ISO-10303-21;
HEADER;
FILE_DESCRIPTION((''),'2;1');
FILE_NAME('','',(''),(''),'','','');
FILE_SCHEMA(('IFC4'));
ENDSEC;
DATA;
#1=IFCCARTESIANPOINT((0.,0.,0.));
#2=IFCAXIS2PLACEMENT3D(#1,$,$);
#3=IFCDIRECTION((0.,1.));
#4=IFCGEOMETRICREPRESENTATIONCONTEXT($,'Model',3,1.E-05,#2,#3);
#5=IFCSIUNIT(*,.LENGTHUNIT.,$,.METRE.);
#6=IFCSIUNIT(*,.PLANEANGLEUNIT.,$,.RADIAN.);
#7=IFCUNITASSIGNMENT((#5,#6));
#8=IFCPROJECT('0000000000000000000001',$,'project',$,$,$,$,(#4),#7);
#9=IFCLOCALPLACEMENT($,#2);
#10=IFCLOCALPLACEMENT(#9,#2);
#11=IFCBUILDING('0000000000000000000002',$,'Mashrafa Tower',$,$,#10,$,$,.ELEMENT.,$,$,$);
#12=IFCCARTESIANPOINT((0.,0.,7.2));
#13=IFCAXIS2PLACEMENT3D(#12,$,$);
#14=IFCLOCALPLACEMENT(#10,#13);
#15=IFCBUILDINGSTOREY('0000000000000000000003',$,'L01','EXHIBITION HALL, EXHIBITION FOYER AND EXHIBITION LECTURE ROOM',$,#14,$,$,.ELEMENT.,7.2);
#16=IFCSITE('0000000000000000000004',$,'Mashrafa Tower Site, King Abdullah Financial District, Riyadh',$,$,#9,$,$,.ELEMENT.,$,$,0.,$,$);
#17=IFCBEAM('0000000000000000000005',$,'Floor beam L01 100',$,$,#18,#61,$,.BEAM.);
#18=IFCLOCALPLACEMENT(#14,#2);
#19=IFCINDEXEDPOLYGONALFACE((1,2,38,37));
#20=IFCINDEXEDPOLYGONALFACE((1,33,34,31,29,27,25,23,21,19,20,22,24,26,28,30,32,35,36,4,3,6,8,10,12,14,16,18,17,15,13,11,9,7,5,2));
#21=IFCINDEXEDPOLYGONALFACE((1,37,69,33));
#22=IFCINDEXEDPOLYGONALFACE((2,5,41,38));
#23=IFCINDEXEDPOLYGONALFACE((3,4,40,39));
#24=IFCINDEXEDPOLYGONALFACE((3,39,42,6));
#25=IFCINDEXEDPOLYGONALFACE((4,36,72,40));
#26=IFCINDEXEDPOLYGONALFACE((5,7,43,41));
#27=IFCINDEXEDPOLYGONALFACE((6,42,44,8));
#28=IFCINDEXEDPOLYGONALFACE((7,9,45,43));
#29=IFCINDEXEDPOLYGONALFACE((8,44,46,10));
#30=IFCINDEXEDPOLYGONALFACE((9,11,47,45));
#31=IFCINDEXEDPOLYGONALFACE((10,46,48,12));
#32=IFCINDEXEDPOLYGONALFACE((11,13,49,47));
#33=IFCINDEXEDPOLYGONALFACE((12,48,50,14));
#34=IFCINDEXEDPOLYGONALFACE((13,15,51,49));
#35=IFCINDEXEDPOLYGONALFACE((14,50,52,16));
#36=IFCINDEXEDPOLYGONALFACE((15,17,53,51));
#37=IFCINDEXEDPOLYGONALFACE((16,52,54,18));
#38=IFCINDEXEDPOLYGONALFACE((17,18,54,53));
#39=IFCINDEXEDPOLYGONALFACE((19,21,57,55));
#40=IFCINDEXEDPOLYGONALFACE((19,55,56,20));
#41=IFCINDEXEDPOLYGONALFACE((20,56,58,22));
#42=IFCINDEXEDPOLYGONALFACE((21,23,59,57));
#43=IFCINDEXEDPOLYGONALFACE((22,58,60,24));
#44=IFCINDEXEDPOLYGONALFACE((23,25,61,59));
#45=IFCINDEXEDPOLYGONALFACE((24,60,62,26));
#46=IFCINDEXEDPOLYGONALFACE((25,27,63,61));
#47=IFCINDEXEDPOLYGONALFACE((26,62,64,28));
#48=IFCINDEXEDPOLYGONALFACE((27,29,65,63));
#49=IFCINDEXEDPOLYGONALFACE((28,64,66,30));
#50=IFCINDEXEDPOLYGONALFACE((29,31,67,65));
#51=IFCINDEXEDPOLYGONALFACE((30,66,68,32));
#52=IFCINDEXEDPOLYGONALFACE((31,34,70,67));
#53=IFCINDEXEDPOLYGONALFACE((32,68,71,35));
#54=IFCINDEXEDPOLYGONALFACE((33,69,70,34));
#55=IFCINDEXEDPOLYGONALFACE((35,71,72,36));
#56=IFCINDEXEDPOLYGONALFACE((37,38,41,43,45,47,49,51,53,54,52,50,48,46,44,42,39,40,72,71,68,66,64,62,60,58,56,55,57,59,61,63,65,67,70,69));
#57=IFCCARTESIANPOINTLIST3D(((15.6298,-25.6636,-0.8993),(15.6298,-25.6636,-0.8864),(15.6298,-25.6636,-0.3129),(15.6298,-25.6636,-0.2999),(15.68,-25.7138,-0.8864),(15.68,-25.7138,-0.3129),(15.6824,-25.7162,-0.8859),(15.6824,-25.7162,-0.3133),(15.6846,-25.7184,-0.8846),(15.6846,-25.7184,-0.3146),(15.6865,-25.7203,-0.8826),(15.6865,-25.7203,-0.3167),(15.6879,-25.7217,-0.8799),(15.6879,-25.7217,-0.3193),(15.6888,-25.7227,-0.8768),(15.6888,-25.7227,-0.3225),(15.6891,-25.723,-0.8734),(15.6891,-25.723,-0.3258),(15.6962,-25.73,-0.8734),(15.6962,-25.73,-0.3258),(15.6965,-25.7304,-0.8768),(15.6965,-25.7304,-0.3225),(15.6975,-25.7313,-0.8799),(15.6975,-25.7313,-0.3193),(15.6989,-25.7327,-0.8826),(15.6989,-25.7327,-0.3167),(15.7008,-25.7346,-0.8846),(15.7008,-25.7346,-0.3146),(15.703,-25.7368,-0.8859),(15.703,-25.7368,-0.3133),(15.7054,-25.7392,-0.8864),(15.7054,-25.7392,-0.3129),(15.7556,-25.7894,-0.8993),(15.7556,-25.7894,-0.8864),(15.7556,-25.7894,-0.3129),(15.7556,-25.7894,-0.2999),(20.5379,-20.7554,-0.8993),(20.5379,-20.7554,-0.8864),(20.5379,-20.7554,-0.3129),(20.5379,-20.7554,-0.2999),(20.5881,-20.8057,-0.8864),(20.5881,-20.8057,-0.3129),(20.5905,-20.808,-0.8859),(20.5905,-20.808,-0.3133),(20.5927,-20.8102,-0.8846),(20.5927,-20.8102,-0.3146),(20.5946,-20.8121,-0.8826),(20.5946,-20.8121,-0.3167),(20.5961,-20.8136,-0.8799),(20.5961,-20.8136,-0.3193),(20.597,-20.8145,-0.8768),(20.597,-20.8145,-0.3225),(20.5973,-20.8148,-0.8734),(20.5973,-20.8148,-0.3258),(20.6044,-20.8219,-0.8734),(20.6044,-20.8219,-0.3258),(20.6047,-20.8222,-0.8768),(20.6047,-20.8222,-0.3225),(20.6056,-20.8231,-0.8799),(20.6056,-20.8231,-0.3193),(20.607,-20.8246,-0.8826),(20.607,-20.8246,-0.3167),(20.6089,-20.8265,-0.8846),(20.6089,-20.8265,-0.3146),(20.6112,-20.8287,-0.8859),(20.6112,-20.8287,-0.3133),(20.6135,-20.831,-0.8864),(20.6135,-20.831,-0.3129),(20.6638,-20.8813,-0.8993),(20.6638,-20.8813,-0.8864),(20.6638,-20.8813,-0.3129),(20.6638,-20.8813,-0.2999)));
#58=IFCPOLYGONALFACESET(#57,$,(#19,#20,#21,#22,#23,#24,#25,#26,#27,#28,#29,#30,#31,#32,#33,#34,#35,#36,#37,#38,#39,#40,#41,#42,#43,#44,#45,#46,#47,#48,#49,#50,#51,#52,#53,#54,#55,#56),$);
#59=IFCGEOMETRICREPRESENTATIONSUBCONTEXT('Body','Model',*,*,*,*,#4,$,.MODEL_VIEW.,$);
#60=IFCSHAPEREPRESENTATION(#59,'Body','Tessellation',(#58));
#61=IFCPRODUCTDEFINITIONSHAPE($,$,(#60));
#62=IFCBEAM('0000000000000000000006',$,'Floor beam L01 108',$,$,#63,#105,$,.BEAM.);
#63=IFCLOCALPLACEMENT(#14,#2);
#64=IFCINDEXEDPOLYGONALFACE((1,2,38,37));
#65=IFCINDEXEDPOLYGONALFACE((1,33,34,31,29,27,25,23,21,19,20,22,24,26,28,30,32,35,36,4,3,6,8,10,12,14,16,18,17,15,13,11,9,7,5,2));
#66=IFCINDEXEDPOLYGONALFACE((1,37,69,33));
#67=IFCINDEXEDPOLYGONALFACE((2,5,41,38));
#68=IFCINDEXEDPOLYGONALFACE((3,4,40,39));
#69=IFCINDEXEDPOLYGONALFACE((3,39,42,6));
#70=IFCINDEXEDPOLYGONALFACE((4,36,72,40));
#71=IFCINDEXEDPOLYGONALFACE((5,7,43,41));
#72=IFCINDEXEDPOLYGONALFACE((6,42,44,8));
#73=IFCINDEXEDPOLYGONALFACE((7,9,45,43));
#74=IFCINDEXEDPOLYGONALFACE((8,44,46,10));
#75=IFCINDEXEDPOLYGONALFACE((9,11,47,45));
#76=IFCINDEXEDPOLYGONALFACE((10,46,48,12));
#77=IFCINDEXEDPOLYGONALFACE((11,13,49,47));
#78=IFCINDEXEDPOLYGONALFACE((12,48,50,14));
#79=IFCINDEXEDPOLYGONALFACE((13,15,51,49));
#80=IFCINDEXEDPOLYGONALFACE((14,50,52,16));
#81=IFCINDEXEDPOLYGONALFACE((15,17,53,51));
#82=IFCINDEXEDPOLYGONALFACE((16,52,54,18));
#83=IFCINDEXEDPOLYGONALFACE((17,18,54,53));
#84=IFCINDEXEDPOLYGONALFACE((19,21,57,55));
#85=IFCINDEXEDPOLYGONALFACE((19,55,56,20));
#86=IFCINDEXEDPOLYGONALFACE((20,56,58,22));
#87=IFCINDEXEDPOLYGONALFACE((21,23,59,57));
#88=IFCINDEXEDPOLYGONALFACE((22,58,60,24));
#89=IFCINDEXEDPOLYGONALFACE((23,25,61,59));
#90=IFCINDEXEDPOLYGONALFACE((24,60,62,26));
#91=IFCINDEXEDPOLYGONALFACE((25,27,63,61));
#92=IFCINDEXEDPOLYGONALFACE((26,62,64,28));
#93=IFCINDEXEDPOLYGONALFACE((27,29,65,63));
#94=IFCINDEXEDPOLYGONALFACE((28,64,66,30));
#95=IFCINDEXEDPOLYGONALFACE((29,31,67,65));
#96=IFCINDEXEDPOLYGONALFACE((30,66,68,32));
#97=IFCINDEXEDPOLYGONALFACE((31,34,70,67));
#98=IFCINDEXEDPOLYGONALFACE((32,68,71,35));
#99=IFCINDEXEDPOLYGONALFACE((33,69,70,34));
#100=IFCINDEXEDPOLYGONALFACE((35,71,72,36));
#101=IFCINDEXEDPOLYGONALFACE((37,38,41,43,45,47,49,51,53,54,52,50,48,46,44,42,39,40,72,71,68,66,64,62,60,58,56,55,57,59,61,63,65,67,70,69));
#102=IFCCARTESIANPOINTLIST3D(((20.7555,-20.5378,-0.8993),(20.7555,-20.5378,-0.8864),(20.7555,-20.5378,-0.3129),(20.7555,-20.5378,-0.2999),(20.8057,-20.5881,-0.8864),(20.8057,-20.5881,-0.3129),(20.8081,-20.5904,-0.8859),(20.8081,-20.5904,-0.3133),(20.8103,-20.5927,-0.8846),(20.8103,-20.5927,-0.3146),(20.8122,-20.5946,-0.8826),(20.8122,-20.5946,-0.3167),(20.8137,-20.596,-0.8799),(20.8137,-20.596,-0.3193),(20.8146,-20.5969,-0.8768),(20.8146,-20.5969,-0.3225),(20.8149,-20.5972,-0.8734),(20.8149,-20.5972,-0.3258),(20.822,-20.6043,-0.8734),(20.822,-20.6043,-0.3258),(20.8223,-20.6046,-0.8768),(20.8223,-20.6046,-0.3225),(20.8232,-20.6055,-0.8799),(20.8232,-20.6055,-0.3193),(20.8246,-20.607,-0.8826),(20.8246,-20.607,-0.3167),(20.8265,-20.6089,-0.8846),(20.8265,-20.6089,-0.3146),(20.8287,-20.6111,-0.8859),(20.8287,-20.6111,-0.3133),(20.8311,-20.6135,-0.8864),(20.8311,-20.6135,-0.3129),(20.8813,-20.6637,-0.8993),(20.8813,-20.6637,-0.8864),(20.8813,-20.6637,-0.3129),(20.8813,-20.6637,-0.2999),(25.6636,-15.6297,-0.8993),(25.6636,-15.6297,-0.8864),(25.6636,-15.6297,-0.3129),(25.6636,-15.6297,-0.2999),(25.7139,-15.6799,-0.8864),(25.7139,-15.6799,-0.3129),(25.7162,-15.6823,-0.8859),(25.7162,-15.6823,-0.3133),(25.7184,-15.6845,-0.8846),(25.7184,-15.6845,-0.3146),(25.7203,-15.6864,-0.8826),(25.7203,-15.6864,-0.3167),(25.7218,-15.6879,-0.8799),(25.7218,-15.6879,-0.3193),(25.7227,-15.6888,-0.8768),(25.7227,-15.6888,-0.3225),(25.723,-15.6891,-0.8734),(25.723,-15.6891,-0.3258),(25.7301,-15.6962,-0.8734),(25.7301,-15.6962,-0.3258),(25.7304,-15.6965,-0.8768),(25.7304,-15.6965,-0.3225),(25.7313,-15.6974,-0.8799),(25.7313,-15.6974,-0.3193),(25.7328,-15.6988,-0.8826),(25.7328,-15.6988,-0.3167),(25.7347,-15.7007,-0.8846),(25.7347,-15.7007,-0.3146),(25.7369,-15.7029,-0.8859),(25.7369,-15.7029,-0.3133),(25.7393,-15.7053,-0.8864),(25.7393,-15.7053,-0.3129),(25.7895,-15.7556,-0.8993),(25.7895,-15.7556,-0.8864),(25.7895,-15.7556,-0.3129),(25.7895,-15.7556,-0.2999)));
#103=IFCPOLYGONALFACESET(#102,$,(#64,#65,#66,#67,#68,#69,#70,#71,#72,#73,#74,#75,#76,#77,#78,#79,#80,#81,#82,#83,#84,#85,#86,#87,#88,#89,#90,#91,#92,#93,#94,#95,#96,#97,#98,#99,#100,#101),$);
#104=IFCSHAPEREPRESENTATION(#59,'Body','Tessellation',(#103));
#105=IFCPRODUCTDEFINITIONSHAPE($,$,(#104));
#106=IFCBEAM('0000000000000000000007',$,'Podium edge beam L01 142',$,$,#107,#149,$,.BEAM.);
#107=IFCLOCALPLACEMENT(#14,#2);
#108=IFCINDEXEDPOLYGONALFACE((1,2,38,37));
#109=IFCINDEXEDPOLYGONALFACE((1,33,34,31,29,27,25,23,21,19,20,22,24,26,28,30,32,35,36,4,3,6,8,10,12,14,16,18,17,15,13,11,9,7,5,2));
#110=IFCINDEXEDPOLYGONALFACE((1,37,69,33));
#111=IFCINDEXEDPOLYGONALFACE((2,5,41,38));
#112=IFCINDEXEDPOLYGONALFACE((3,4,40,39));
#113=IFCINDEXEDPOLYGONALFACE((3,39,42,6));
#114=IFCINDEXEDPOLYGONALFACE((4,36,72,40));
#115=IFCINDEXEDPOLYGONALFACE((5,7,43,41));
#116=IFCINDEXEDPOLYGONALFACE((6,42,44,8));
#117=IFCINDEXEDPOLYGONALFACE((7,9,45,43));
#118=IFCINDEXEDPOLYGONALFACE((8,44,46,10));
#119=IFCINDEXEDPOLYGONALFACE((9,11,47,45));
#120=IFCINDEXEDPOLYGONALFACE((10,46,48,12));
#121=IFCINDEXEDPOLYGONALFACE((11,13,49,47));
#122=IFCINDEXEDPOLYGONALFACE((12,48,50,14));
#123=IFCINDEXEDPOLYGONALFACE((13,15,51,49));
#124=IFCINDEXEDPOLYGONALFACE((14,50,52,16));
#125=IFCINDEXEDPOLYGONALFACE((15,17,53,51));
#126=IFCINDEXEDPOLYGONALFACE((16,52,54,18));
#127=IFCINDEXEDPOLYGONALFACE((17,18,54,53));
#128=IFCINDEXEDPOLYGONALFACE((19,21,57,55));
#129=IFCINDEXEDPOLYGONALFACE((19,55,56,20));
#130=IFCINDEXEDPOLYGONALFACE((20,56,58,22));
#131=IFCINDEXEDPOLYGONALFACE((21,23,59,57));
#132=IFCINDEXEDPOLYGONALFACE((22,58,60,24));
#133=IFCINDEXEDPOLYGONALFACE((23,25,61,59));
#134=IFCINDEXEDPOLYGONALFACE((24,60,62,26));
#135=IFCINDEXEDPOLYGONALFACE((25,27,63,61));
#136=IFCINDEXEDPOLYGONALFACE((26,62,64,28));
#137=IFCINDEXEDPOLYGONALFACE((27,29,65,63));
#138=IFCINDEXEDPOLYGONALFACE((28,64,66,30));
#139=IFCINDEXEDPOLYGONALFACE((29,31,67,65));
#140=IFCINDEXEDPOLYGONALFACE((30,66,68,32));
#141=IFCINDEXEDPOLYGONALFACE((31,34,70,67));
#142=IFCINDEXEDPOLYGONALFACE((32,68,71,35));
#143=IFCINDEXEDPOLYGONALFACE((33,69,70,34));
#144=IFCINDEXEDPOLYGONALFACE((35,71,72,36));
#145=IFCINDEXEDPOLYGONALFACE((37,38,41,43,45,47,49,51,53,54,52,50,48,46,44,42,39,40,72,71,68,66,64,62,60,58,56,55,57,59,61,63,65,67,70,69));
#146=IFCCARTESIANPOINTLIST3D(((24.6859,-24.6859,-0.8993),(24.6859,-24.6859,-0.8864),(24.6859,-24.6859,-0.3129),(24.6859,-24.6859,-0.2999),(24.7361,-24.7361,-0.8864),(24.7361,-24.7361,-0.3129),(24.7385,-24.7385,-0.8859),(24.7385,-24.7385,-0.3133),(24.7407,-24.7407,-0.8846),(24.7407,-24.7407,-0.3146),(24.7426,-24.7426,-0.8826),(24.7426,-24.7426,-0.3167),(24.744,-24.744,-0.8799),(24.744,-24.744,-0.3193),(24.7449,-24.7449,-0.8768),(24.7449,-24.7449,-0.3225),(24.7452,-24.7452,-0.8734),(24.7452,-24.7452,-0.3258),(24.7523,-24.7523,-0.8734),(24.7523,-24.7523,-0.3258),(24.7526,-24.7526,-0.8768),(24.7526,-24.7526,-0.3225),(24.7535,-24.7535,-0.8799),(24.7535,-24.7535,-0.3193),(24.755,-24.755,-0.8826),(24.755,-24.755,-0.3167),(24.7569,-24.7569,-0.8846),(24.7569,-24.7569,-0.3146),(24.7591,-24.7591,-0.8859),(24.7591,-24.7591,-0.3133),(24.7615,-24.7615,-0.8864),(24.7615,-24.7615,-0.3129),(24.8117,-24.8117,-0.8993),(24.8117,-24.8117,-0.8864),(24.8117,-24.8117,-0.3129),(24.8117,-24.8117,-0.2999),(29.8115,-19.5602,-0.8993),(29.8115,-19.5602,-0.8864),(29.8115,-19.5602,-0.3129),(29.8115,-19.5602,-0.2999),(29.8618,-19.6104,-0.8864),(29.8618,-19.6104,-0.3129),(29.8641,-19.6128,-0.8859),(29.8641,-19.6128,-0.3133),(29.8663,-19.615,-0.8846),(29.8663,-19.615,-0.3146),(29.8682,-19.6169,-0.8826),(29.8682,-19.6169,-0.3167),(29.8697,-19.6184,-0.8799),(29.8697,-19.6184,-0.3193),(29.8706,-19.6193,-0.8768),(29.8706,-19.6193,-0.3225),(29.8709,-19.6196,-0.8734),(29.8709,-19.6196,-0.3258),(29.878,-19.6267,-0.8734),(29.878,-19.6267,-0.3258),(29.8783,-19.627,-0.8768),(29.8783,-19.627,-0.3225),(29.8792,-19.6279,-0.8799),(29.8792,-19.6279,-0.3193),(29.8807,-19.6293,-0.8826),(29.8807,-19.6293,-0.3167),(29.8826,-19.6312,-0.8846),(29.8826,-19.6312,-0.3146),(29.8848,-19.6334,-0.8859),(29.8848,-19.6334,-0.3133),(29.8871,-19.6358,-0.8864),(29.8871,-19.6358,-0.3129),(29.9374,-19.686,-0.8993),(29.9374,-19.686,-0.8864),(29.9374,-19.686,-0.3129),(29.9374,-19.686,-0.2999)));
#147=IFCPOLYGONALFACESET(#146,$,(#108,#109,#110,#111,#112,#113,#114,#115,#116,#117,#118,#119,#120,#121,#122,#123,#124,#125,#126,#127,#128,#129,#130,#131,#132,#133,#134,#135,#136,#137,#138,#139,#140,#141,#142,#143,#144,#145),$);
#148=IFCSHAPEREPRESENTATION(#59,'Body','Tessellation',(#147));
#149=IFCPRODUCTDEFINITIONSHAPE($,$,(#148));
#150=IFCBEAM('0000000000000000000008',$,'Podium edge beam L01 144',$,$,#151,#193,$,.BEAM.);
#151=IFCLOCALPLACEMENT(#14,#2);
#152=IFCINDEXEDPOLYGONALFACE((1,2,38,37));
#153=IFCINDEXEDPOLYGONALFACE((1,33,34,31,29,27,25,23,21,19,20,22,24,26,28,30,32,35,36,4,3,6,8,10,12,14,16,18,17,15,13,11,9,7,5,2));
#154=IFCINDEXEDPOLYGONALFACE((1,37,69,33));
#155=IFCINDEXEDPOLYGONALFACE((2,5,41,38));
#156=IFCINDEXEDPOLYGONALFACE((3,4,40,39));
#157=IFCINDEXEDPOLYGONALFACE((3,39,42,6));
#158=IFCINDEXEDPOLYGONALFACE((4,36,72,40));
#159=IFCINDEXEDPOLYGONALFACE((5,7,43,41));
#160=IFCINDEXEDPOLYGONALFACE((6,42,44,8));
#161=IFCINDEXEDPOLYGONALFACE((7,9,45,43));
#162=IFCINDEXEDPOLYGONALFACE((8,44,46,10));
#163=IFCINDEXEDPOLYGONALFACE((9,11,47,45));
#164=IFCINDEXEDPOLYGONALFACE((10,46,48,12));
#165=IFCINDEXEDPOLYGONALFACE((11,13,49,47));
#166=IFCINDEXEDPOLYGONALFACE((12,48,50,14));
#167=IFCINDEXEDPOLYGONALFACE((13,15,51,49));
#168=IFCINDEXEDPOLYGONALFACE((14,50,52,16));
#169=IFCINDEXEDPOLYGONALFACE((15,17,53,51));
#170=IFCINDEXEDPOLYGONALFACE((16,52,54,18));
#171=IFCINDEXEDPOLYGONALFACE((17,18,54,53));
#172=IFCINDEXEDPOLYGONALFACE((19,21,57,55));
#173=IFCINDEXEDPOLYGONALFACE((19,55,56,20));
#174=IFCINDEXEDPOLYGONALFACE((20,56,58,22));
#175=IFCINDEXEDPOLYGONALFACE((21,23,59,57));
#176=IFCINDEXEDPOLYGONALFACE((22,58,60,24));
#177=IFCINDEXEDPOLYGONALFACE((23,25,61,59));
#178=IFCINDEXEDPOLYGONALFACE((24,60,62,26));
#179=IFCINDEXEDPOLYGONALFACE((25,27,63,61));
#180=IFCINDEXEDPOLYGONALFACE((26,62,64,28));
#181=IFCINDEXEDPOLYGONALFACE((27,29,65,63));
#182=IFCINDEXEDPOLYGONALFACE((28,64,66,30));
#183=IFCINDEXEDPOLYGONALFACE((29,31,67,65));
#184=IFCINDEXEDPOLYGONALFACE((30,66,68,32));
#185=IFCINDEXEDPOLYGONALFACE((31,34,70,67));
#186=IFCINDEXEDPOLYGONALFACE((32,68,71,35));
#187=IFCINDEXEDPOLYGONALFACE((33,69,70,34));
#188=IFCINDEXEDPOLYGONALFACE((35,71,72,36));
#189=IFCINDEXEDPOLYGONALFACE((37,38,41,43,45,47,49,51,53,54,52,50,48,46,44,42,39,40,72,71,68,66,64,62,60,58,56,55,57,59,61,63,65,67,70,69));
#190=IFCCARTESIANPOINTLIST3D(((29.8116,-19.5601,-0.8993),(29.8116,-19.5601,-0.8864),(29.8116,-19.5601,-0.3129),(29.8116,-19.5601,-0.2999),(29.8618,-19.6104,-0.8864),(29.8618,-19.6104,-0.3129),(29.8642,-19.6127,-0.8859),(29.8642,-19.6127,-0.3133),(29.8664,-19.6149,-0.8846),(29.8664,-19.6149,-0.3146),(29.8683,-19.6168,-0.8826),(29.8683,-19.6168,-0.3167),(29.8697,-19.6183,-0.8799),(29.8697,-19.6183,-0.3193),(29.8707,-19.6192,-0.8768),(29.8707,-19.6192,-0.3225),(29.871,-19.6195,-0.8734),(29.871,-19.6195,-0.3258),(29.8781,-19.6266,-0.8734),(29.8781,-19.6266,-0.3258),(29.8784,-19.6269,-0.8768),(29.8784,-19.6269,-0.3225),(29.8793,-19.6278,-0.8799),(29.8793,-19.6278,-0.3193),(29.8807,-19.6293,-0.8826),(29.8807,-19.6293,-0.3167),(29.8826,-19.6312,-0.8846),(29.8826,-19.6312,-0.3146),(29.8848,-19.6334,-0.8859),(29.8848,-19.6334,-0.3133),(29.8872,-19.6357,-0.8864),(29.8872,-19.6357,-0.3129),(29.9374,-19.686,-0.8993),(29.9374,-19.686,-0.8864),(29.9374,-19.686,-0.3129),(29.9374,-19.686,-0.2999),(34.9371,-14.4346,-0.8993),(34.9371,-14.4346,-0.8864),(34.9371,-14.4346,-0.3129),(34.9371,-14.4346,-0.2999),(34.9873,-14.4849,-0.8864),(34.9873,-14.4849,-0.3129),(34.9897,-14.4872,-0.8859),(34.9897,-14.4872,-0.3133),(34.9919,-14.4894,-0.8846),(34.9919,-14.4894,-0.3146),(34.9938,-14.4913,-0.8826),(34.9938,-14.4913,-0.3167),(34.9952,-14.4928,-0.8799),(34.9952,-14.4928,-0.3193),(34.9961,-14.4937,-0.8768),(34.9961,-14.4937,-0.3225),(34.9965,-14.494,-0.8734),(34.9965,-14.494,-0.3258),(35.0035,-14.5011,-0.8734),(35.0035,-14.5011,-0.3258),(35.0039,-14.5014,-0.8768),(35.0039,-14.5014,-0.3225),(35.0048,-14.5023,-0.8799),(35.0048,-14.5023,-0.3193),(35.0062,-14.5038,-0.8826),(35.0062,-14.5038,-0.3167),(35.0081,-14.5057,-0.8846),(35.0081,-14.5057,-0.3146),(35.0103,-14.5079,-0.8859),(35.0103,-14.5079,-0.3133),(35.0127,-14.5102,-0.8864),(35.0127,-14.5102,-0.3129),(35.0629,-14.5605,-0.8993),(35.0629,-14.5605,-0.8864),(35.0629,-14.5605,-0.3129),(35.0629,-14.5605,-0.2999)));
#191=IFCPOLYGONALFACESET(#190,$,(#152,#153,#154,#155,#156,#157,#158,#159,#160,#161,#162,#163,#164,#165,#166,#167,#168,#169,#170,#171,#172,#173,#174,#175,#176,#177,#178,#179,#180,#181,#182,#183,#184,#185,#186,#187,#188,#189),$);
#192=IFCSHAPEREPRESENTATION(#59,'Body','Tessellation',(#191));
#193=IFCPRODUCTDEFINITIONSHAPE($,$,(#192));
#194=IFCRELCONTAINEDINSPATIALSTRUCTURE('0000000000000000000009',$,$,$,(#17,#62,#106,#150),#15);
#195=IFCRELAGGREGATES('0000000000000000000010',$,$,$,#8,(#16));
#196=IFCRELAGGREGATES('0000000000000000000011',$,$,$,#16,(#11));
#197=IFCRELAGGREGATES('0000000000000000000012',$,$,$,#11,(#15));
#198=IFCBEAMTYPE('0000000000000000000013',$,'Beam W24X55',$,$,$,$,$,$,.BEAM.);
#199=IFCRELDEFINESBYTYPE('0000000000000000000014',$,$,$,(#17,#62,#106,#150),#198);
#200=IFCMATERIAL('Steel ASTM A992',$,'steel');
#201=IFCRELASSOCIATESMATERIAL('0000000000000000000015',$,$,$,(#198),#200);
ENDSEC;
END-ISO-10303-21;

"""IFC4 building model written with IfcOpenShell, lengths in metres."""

from ifc_helpers import new_model, si_unit, direction, frame, origin, origin_2d, place, context, subcontext, project, spatial, i_section, extrude, material, material_profile, profile_set, type_object, element, save


model = new_model("IFC4")

# Units and contexts
model_context = context("Model", 3, precision=1e-05, world=origin(), true_north=direction((0.0, 1.0)))
body_context = subcontext(model_context, "Body", "Model", "MODEL_VIEW")
ifc_project = project(units=[si_unit("LENGTHUNIT", "METRE"), si_unit("PLANEANGLEUNIT", "RADIAN")], contexts=[model_context])

# Site, building, storey
site_placement = place(None, origin())
site = spatial("IfcSite", under=ifc_project, at=site_placement, Name="Mashrafa Tower Site, King Abdullah Financial District, Riyadh", CompositionType="ELEMENT", RefElevation=0.0)
building_placement = place(site_placement, origin())
building = spatial("IfcBuilding", under=site, at=building_placement, Name="Mashrafa Tower", CompositionType="ELEMENT")
storey_placement = place(building_placement, frame((0.0, 0.0, 7.2)))
storey = spatial("IfcBuildingStorey", under=building, at=storey_placement, Name="L01", Description="EXHIBITION HALL, EXHIBITION FOYER AND EXHIBITION LECTURE ROOM", CompositionType="ELEMENT", Elevation=7.2)

# Beams
ifc_material_1 = material(Name="Steel ASTM A992", Category="steel")
ifc_material_profile_1 = material_profile(ifc_material_1, i_section(OverallWidth=0.178, OverallDepth=0.5994, WebThickness=0.01, FlangeThickness=0.0129, FilletRadius=0.0129, at=origin_2d()), Name="W24X55")
ifc_profile_set_1 = profile_set([ifc_material_profile_1], Name="Steel ASTM A992")
beam_type_1 = type_object("IfcBeamType", Name="Beam W24X55", PredefinedType="BEAM", material=ifc_profile_set_1)
for number, where, z_axis, x_axis, name in (
    (1, (20.6008, -20.8184, -0.5996), (-0.707107, -0.707107, 0.0), (0.707107, -0.707107, 0.0), "Floor beam L01 100"),
    (2, (25.7266, -15.6926, -0.5996), (-0.707107, -0.707107, 0.0), (0.707107, -0.707107, 0.0), "Floor beam L01 108"),
):
    element("IfcBeam", number, at=place(storey_placement, frame(where, z_axis=z_axis, x_axis=x_axis)), inside=storey, type_object=beam_type_1, Name=name, PredefinedType="BEAM", context=body_context, shape_type="SweptSolid", body=[
        extrude(i_section(OverallWidth=0.178, OverallDepth=0.5994, WebThickness=0.01, FlangeThickness=0.0129, FilletRadius=0.0129, at=origin_2d()), origin(), (0.0, 0.0, 1.0), 6.9412),
    ])
beam_1_placement = place(storey_placement, frame((24.7488, -24.7488, -0.5996), z_axis=(0.707107, 0.707107, 0.0), x_axis=(-0.707107, 0.707107, 0.0)))
element("IfcBeam", 3, at=beam_1_placement, inside=storey, type_object=beam_type_1, Name="Podium edge beam L01 142", PredefinedType="BEAM", context=body_context, shape_type="SweptSolid", body=[
    extrude(i_section(OverallWidth=0.178, OverallDepth=0.5994, WebThickness=0.01, FlangeThickness=0.0129, FilletRadius=0.0129, at=origin_2d()), origin(), (0.0, 0.0, 1.0), 7.2488),
])
beam_2_placement = place(storey_placement, frame((29.8745, -19.623, -0.5996), z_axis=(0.707107, 0.707107, 0.0), x_axis=(-0.707107, 0.707107, 0.0)))
element("IfcBeam", 4, at=beam_2_placement, inside=storey, type_object=beam_type_1, Name="Podium edge beam L01 144", PredefinedType="BEAM", context=body_context, shape_type="SweptSolid", body=[
    extrude(i_section(OverallWidth=0.178, OverallDepth=0.5994, WebThickness=0.01, FlangeThickness=0.0129, FilletRadius=0.0129, at=origin_2d()), origin(), (0.0, 0.0, 1.0), 7.2485),
])

save(model, "model.ifc")
